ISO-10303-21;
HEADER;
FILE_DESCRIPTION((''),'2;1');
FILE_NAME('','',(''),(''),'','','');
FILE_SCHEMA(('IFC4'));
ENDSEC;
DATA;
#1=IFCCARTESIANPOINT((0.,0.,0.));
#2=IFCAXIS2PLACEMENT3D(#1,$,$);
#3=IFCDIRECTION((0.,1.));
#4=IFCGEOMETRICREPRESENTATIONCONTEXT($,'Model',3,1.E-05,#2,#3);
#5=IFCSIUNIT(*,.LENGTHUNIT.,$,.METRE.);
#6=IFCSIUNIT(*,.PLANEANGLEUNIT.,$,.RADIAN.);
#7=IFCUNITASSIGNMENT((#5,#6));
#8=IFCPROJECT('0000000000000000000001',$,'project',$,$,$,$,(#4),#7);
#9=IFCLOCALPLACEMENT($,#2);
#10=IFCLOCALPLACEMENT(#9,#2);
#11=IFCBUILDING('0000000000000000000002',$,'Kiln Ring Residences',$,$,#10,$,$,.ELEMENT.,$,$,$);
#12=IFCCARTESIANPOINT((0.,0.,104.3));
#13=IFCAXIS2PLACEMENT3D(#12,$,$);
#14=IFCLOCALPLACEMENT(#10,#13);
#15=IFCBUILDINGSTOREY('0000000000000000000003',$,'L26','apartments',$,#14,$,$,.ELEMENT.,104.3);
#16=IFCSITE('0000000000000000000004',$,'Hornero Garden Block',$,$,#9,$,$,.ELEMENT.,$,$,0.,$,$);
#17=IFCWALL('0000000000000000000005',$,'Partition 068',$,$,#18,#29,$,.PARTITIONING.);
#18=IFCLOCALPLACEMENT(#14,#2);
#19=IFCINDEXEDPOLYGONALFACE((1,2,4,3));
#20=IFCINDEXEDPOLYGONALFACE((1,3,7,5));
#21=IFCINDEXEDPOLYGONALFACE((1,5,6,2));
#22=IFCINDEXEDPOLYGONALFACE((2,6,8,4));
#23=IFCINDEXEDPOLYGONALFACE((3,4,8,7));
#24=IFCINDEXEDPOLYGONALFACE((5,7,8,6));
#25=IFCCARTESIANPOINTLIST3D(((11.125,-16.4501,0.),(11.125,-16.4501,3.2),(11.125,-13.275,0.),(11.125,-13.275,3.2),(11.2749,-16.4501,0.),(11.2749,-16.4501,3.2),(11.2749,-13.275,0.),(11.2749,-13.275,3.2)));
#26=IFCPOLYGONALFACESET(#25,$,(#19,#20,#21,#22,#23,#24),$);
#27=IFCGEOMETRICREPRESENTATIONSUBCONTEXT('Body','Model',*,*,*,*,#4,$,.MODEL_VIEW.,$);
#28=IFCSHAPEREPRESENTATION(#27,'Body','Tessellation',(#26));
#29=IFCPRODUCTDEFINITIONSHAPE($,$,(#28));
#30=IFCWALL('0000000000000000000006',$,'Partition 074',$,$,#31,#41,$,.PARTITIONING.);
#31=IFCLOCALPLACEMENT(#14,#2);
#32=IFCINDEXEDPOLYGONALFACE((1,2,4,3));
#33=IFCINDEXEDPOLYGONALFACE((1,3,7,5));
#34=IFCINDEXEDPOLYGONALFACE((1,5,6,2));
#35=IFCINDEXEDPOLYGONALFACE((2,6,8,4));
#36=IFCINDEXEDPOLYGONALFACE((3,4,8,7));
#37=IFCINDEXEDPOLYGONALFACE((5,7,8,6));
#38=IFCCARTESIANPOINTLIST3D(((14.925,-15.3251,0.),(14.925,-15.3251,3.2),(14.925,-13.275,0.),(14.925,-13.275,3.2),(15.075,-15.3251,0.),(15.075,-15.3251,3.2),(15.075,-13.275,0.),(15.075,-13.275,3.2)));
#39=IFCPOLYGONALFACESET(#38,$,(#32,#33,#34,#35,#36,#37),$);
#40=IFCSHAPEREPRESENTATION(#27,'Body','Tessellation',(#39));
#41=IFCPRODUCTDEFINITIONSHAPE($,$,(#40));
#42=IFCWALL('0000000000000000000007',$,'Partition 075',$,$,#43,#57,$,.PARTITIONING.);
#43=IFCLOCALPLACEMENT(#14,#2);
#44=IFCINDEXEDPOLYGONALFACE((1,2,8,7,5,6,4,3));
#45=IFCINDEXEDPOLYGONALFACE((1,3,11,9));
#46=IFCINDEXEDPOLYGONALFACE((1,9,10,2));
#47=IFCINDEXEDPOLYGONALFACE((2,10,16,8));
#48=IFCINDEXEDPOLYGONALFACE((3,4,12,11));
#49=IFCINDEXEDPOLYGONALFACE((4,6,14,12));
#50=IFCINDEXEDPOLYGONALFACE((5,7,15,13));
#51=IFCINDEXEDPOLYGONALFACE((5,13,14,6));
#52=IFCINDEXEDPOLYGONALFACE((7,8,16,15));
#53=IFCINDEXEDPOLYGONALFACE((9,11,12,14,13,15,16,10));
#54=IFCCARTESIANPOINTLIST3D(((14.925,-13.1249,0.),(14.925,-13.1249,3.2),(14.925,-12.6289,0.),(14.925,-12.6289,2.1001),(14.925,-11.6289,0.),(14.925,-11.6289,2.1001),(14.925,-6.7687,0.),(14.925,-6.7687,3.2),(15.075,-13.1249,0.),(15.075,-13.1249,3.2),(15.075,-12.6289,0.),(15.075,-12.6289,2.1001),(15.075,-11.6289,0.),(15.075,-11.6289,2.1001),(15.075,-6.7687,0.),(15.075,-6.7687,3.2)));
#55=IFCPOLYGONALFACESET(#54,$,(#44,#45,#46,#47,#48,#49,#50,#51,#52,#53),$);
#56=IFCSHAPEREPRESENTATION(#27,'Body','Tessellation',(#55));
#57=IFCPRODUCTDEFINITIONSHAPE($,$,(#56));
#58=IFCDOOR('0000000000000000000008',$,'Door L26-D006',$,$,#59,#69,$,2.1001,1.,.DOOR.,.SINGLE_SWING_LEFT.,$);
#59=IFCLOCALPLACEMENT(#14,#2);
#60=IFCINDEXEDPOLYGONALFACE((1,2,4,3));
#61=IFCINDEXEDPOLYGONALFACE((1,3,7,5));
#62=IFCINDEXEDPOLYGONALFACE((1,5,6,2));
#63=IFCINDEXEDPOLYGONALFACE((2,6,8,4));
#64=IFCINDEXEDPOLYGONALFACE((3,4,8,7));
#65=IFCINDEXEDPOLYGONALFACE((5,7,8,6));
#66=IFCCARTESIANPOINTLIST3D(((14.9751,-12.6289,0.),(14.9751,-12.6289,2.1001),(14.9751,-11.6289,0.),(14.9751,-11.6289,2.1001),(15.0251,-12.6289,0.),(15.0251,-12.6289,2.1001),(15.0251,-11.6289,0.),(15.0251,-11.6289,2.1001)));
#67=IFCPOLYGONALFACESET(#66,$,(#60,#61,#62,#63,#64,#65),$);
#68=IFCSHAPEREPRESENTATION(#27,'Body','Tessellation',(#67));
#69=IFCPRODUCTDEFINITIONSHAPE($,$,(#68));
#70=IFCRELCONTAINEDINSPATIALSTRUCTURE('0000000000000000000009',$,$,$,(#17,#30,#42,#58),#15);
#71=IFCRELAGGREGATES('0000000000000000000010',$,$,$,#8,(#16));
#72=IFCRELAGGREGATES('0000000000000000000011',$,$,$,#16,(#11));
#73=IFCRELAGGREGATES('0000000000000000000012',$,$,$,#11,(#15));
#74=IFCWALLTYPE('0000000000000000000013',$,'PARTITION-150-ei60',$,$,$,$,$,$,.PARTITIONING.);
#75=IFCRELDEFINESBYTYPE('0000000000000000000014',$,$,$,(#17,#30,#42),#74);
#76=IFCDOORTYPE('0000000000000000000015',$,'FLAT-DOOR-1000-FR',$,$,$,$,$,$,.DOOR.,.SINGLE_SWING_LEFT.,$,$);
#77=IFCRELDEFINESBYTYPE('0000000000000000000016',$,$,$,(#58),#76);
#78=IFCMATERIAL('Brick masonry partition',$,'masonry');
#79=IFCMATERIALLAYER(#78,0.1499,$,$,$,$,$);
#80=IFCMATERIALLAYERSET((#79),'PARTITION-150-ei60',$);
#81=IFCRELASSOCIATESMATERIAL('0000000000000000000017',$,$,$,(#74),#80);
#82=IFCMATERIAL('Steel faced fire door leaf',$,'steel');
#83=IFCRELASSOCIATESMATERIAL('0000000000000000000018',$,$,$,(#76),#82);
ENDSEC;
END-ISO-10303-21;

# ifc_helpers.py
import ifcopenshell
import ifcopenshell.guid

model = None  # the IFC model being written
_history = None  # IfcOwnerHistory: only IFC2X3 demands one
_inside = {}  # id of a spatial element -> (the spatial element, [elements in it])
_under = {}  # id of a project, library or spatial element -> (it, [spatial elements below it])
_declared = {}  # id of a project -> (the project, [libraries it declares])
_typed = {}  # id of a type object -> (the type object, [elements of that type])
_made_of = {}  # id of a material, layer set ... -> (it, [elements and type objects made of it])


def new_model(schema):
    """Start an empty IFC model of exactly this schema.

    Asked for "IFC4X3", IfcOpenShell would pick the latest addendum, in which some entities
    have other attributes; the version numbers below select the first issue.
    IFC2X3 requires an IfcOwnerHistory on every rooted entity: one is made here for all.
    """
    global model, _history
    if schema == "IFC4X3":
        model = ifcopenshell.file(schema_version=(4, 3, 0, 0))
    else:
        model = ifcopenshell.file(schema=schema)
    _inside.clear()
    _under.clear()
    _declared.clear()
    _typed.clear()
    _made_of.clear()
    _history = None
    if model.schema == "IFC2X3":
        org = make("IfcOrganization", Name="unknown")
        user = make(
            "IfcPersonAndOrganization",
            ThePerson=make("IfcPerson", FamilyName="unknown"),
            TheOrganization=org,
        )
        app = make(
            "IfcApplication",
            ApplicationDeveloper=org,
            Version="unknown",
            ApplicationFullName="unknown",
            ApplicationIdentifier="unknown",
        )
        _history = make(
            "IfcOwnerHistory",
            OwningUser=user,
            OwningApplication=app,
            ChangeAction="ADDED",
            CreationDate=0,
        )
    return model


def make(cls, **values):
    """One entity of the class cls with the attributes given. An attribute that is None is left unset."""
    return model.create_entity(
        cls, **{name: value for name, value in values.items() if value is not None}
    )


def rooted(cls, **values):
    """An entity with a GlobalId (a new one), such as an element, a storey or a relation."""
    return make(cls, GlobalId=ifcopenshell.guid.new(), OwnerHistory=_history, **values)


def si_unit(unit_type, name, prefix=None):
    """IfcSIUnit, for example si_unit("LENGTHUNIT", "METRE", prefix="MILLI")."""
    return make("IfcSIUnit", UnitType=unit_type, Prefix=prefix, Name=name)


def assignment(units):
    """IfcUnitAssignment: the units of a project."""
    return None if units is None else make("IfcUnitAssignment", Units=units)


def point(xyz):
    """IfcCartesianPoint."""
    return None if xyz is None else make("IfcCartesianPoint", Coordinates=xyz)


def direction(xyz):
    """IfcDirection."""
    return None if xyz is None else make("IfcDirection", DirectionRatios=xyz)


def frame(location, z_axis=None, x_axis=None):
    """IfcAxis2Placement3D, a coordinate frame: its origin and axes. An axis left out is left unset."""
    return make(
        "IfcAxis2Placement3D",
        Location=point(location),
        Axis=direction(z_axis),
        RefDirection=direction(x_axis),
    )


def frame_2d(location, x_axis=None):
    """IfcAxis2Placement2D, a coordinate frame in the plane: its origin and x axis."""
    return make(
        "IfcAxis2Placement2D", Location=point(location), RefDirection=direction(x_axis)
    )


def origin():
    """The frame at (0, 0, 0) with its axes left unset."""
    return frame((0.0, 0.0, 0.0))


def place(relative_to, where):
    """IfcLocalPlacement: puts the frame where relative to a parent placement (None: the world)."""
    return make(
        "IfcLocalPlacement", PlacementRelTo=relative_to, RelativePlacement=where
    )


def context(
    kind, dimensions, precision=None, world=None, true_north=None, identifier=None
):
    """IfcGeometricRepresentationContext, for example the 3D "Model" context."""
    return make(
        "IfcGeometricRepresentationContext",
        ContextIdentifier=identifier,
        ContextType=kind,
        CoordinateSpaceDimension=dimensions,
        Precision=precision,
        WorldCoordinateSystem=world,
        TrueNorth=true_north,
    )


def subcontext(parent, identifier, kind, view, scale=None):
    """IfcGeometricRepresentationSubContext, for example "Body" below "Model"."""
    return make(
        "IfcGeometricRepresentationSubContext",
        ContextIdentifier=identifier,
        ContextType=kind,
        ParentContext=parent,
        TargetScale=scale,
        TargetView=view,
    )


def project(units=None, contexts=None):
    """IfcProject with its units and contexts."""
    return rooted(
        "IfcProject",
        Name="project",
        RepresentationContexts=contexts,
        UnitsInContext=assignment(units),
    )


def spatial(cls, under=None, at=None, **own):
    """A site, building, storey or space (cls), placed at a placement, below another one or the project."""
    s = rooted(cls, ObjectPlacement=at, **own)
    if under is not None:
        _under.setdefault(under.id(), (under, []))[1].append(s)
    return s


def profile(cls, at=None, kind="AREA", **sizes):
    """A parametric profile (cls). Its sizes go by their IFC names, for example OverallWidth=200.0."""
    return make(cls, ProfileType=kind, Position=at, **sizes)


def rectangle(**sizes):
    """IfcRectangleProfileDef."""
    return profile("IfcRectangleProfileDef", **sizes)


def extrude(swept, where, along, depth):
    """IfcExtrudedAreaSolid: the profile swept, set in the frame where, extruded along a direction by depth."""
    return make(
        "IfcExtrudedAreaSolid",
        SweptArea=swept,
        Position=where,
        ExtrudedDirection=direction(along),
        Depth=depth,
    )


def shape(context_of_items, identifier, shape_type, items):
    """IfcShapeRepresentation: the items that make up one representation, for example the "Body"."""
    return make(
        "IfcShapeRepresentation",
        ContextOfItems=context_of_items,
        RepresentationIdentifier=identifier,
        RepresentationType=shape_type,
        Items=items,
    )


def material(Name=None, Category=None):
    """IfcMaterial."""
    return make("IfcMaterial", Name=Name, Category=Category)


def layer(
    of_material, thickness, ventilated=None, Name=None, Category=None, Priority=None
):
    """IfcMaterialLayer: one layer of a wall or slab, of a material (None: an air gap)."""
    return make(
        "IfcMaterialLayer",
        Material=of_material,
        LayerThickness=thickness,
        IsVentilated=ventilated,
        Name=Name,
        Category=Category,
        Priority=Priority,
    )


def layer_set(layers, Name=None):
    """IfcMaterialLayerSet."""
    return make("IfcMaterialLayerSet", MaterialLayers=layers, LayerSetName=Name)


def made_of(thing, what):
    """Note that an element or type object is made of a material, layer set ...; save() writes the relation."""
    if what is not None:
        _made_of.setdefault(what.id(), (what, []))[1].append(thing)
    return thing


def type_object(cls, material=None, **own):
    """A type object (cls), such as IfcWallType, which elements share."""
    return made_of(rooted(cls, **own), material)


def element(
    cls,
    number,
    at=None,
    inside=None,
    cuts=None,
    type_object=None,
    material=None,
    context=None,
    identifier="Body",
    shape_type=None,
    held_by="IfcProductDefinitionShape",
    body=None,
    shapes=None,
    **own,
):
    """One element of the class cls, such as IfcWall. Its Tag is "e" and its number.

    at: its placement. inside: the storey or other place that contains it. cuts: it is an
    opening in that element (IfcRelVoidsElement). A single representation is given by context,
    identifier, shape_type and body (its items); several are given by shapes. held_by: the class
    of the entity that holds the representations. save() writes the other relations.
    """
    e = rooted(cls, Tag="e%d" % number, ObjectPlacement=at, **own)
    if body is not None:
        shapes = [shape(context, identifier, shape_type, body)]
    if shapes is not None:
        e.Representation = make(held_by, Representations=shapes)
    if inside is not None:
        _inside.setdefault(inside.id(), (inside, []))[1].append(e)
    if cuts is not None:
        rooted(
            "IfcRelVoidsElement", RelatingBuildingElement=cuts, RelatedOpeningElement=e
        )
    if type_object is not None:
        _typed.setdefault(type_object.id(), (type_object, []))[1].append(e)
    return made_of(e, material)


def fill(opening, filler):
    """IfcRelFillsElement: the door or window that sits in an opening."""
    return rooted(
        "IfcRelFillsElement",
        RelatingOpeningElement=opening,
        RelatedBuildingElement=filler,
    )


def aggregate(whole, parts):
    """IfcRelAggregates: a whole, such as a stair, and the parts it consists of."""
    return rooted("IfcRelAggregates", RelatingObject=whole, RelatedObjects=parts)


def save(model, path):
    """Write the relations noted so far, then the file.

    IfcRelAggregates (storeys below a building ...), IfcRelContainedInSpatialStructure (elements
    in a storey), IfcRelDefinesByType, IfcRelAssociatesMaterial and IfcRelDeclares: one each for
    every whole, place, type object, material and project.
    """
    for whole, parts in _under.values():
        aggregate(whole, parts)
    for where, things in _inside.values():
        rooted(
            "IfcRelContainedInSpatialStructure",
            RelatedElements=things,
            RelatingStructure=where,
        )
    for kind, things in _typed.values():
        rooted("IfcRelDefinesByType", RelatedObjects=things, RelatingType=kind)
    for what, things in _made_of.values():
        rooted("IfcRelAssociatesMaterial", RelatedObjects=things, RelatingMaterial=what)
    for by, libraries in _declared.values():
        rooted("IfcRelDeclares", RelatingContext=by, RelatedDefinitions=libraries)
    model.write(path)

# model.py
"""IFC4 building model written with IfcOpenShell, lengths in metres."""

from ifc_helpers import new_model, si_unit, direction, frame, frame_2d, origin, place, context, subcontext, project, spatial, rectangle, extrude, material, layer, layer_set, type_object, element, fill, save


model = new_model("IFC4")

# Units and contexts
model_context = context("Model", 3, precision=1e-05, world=origin(), true_north=direction((0.0, 1.0)))
body_context = subcontext(model_context, "Body", "Model", "MODEL_VIEW")
ifc_project = project(units=[si_unit("LENGTHUNIT", "METRE"), si_unit("PLANEANGLEUNIT", "RADIAN")], contexts=[model_context])

# Site, building, storey
site_placement = place(None, origin())
site = spatial("IfcSite", under=ifc_project, at=site_placement, Name="Hornero Garden Block", CompositionType="ELEMENT", RefElevation=0.0)
building_placement = place(site_placement, origin())
building = spatial("IfcBuilding", under=site, at=building_placement, Name="Kiln Ring Residences", CompositionType="ELEMENT")
storey_placement = place(building_placement, frame((0.0, 0.0, 104.3)))
storey = spatial("IfcBuildingStorey", under=building, at=storey_placement, Name="L26", Description="apartments", CompositionType="ELEMENT", Elevation=104.3)

# Shared definitions
ifc_material_1 = material(Name="Brick masonry partition", Category="masonry")
ifc_layer_1 = layer(ifc_material_1, 0.1499)
ifc_layer_set_1 = layer_set([ifc_layer_1], Name="PARTITION-150-ei60")
wall_type_1 = type_object("IfcWallType", Name="PARTITION-150-ei60", PredefinedType="PARTITIONING", material=ifc_layer_set_1)
ifc_material_2 = material(Name="Steel faced fire door leaf", Category="steel")
door_type_1 = type_object("IfcDoorType", Name="FLAT-DOOR-1000-FR", OperationType="SINGLE_SWING_LEFT", PredefinedType="DOOR", material=ifc_material_2)

# Walls
wall_1_placement = place(storey_placement, frame((11.2, -16.45, 0.0), z_axis=(0.0, 0.0, 1.0), x_axis=(0.0, 1.0, 0.0)))
element("IfcWall", 1, at=wall_1_placement, inside=storey, type_object=wall_type_1, Name="Partition 068", PredefinedType="PARTITIONING", context=body_context, shape_type="SweptSolid", body=[
    extrude(rectangle(XDim=3.175, YDim=0.1499, at=frame_2d((1.5874, 0.0))), origin(), (0.0, 0.0, 1.0), 3.2),
])
wall_2_placement = place(storey_placement, frame((15.0, -15.325, 0.0), z_axis=(0.0, 0.0, 1.0), x_axis=(0.0, 1.0, 0.0)))
element("IfcWall", 2, at=wall_2_placement, inside=storey, type_object=wall_type_1, Name="Partition 074", PredefinedType="PARTITIONING", context=body_context, shape_type="SweptSolid", body=[
    extrude(rectangle(XDim=2.05, YDim=0.1499, at=frame_2d((1.0249, 0.0))), origin(), (0.0, 0.0, 1.0), 3.2),
])

# Wall, opening, door
wall_3_placement = place(storey_placement, frame((15.0, -13.125, 0.0), z_axis=(0.0, 0.0, 1.0), x_axis=(0.0, 1.0, 0.0)))
wall_3 = element("IfcWall", 3, at=wall_3_placement, inside=storey, type_object=wall_type_1, Name="Partition 075", PredefinedType="PARTITIONING", context=body_context, shape_type="SweptSolid", body=[
    extrude(rectangle(XDim=6.3562, YDim=0.1499, at=frame_2d((3.1782, 0.0))), origin(), (0.0, 0.0, 1.0), 3.2),
])
opening_1_placement = place(wall_3_placement, frame((0.4961, 0.0, 0.0)))
opening_1 = element("IfcOpeningElement", 4, at=opening_1_placement, cuts=wall_3, PredefinedType="OPENING", context=body_context, shape_type="SweptSolid", body=[
    extrude(rectangle(XDim=1.0, YDim=2.1001, at=frame_2d((0.5, 1.05))), frame((0.0, 0.085, 0.0), z_axis=(0.0, -1.0, 0.0), x_axis=(1.0, 0.0, 0.0)), (0.0, 0.0, 1.0), 0.1699),
])
door_1_placement = place(opening_1_placement, origin())
door_1 = element("IfcDoor", 5, at=door_1_placement, inside=storey, type_object=door_type_1, Name="Door L26-D006", OperationType="SINGLE_SWING_LEFT", OverallHeight=2.1001, OverallWidth=1.0, PredefinedType="DOOR", context=body_context, shape_type="SweptSolid", body=[
    extrude(rectangle(XDim=1.0, YDim=2.1001, at=frame_2d((0.5, 1.05))), frame((0.0, 0.0249, 0.0), z_axis=(0.0, -1.0, 0.0), x_axis=(1.0, 0.0, 0.0)), (0.0, 0.0, 1.0), 0.05),
])
fill(opening_1, door_1)

save(model, "model.ifc")
